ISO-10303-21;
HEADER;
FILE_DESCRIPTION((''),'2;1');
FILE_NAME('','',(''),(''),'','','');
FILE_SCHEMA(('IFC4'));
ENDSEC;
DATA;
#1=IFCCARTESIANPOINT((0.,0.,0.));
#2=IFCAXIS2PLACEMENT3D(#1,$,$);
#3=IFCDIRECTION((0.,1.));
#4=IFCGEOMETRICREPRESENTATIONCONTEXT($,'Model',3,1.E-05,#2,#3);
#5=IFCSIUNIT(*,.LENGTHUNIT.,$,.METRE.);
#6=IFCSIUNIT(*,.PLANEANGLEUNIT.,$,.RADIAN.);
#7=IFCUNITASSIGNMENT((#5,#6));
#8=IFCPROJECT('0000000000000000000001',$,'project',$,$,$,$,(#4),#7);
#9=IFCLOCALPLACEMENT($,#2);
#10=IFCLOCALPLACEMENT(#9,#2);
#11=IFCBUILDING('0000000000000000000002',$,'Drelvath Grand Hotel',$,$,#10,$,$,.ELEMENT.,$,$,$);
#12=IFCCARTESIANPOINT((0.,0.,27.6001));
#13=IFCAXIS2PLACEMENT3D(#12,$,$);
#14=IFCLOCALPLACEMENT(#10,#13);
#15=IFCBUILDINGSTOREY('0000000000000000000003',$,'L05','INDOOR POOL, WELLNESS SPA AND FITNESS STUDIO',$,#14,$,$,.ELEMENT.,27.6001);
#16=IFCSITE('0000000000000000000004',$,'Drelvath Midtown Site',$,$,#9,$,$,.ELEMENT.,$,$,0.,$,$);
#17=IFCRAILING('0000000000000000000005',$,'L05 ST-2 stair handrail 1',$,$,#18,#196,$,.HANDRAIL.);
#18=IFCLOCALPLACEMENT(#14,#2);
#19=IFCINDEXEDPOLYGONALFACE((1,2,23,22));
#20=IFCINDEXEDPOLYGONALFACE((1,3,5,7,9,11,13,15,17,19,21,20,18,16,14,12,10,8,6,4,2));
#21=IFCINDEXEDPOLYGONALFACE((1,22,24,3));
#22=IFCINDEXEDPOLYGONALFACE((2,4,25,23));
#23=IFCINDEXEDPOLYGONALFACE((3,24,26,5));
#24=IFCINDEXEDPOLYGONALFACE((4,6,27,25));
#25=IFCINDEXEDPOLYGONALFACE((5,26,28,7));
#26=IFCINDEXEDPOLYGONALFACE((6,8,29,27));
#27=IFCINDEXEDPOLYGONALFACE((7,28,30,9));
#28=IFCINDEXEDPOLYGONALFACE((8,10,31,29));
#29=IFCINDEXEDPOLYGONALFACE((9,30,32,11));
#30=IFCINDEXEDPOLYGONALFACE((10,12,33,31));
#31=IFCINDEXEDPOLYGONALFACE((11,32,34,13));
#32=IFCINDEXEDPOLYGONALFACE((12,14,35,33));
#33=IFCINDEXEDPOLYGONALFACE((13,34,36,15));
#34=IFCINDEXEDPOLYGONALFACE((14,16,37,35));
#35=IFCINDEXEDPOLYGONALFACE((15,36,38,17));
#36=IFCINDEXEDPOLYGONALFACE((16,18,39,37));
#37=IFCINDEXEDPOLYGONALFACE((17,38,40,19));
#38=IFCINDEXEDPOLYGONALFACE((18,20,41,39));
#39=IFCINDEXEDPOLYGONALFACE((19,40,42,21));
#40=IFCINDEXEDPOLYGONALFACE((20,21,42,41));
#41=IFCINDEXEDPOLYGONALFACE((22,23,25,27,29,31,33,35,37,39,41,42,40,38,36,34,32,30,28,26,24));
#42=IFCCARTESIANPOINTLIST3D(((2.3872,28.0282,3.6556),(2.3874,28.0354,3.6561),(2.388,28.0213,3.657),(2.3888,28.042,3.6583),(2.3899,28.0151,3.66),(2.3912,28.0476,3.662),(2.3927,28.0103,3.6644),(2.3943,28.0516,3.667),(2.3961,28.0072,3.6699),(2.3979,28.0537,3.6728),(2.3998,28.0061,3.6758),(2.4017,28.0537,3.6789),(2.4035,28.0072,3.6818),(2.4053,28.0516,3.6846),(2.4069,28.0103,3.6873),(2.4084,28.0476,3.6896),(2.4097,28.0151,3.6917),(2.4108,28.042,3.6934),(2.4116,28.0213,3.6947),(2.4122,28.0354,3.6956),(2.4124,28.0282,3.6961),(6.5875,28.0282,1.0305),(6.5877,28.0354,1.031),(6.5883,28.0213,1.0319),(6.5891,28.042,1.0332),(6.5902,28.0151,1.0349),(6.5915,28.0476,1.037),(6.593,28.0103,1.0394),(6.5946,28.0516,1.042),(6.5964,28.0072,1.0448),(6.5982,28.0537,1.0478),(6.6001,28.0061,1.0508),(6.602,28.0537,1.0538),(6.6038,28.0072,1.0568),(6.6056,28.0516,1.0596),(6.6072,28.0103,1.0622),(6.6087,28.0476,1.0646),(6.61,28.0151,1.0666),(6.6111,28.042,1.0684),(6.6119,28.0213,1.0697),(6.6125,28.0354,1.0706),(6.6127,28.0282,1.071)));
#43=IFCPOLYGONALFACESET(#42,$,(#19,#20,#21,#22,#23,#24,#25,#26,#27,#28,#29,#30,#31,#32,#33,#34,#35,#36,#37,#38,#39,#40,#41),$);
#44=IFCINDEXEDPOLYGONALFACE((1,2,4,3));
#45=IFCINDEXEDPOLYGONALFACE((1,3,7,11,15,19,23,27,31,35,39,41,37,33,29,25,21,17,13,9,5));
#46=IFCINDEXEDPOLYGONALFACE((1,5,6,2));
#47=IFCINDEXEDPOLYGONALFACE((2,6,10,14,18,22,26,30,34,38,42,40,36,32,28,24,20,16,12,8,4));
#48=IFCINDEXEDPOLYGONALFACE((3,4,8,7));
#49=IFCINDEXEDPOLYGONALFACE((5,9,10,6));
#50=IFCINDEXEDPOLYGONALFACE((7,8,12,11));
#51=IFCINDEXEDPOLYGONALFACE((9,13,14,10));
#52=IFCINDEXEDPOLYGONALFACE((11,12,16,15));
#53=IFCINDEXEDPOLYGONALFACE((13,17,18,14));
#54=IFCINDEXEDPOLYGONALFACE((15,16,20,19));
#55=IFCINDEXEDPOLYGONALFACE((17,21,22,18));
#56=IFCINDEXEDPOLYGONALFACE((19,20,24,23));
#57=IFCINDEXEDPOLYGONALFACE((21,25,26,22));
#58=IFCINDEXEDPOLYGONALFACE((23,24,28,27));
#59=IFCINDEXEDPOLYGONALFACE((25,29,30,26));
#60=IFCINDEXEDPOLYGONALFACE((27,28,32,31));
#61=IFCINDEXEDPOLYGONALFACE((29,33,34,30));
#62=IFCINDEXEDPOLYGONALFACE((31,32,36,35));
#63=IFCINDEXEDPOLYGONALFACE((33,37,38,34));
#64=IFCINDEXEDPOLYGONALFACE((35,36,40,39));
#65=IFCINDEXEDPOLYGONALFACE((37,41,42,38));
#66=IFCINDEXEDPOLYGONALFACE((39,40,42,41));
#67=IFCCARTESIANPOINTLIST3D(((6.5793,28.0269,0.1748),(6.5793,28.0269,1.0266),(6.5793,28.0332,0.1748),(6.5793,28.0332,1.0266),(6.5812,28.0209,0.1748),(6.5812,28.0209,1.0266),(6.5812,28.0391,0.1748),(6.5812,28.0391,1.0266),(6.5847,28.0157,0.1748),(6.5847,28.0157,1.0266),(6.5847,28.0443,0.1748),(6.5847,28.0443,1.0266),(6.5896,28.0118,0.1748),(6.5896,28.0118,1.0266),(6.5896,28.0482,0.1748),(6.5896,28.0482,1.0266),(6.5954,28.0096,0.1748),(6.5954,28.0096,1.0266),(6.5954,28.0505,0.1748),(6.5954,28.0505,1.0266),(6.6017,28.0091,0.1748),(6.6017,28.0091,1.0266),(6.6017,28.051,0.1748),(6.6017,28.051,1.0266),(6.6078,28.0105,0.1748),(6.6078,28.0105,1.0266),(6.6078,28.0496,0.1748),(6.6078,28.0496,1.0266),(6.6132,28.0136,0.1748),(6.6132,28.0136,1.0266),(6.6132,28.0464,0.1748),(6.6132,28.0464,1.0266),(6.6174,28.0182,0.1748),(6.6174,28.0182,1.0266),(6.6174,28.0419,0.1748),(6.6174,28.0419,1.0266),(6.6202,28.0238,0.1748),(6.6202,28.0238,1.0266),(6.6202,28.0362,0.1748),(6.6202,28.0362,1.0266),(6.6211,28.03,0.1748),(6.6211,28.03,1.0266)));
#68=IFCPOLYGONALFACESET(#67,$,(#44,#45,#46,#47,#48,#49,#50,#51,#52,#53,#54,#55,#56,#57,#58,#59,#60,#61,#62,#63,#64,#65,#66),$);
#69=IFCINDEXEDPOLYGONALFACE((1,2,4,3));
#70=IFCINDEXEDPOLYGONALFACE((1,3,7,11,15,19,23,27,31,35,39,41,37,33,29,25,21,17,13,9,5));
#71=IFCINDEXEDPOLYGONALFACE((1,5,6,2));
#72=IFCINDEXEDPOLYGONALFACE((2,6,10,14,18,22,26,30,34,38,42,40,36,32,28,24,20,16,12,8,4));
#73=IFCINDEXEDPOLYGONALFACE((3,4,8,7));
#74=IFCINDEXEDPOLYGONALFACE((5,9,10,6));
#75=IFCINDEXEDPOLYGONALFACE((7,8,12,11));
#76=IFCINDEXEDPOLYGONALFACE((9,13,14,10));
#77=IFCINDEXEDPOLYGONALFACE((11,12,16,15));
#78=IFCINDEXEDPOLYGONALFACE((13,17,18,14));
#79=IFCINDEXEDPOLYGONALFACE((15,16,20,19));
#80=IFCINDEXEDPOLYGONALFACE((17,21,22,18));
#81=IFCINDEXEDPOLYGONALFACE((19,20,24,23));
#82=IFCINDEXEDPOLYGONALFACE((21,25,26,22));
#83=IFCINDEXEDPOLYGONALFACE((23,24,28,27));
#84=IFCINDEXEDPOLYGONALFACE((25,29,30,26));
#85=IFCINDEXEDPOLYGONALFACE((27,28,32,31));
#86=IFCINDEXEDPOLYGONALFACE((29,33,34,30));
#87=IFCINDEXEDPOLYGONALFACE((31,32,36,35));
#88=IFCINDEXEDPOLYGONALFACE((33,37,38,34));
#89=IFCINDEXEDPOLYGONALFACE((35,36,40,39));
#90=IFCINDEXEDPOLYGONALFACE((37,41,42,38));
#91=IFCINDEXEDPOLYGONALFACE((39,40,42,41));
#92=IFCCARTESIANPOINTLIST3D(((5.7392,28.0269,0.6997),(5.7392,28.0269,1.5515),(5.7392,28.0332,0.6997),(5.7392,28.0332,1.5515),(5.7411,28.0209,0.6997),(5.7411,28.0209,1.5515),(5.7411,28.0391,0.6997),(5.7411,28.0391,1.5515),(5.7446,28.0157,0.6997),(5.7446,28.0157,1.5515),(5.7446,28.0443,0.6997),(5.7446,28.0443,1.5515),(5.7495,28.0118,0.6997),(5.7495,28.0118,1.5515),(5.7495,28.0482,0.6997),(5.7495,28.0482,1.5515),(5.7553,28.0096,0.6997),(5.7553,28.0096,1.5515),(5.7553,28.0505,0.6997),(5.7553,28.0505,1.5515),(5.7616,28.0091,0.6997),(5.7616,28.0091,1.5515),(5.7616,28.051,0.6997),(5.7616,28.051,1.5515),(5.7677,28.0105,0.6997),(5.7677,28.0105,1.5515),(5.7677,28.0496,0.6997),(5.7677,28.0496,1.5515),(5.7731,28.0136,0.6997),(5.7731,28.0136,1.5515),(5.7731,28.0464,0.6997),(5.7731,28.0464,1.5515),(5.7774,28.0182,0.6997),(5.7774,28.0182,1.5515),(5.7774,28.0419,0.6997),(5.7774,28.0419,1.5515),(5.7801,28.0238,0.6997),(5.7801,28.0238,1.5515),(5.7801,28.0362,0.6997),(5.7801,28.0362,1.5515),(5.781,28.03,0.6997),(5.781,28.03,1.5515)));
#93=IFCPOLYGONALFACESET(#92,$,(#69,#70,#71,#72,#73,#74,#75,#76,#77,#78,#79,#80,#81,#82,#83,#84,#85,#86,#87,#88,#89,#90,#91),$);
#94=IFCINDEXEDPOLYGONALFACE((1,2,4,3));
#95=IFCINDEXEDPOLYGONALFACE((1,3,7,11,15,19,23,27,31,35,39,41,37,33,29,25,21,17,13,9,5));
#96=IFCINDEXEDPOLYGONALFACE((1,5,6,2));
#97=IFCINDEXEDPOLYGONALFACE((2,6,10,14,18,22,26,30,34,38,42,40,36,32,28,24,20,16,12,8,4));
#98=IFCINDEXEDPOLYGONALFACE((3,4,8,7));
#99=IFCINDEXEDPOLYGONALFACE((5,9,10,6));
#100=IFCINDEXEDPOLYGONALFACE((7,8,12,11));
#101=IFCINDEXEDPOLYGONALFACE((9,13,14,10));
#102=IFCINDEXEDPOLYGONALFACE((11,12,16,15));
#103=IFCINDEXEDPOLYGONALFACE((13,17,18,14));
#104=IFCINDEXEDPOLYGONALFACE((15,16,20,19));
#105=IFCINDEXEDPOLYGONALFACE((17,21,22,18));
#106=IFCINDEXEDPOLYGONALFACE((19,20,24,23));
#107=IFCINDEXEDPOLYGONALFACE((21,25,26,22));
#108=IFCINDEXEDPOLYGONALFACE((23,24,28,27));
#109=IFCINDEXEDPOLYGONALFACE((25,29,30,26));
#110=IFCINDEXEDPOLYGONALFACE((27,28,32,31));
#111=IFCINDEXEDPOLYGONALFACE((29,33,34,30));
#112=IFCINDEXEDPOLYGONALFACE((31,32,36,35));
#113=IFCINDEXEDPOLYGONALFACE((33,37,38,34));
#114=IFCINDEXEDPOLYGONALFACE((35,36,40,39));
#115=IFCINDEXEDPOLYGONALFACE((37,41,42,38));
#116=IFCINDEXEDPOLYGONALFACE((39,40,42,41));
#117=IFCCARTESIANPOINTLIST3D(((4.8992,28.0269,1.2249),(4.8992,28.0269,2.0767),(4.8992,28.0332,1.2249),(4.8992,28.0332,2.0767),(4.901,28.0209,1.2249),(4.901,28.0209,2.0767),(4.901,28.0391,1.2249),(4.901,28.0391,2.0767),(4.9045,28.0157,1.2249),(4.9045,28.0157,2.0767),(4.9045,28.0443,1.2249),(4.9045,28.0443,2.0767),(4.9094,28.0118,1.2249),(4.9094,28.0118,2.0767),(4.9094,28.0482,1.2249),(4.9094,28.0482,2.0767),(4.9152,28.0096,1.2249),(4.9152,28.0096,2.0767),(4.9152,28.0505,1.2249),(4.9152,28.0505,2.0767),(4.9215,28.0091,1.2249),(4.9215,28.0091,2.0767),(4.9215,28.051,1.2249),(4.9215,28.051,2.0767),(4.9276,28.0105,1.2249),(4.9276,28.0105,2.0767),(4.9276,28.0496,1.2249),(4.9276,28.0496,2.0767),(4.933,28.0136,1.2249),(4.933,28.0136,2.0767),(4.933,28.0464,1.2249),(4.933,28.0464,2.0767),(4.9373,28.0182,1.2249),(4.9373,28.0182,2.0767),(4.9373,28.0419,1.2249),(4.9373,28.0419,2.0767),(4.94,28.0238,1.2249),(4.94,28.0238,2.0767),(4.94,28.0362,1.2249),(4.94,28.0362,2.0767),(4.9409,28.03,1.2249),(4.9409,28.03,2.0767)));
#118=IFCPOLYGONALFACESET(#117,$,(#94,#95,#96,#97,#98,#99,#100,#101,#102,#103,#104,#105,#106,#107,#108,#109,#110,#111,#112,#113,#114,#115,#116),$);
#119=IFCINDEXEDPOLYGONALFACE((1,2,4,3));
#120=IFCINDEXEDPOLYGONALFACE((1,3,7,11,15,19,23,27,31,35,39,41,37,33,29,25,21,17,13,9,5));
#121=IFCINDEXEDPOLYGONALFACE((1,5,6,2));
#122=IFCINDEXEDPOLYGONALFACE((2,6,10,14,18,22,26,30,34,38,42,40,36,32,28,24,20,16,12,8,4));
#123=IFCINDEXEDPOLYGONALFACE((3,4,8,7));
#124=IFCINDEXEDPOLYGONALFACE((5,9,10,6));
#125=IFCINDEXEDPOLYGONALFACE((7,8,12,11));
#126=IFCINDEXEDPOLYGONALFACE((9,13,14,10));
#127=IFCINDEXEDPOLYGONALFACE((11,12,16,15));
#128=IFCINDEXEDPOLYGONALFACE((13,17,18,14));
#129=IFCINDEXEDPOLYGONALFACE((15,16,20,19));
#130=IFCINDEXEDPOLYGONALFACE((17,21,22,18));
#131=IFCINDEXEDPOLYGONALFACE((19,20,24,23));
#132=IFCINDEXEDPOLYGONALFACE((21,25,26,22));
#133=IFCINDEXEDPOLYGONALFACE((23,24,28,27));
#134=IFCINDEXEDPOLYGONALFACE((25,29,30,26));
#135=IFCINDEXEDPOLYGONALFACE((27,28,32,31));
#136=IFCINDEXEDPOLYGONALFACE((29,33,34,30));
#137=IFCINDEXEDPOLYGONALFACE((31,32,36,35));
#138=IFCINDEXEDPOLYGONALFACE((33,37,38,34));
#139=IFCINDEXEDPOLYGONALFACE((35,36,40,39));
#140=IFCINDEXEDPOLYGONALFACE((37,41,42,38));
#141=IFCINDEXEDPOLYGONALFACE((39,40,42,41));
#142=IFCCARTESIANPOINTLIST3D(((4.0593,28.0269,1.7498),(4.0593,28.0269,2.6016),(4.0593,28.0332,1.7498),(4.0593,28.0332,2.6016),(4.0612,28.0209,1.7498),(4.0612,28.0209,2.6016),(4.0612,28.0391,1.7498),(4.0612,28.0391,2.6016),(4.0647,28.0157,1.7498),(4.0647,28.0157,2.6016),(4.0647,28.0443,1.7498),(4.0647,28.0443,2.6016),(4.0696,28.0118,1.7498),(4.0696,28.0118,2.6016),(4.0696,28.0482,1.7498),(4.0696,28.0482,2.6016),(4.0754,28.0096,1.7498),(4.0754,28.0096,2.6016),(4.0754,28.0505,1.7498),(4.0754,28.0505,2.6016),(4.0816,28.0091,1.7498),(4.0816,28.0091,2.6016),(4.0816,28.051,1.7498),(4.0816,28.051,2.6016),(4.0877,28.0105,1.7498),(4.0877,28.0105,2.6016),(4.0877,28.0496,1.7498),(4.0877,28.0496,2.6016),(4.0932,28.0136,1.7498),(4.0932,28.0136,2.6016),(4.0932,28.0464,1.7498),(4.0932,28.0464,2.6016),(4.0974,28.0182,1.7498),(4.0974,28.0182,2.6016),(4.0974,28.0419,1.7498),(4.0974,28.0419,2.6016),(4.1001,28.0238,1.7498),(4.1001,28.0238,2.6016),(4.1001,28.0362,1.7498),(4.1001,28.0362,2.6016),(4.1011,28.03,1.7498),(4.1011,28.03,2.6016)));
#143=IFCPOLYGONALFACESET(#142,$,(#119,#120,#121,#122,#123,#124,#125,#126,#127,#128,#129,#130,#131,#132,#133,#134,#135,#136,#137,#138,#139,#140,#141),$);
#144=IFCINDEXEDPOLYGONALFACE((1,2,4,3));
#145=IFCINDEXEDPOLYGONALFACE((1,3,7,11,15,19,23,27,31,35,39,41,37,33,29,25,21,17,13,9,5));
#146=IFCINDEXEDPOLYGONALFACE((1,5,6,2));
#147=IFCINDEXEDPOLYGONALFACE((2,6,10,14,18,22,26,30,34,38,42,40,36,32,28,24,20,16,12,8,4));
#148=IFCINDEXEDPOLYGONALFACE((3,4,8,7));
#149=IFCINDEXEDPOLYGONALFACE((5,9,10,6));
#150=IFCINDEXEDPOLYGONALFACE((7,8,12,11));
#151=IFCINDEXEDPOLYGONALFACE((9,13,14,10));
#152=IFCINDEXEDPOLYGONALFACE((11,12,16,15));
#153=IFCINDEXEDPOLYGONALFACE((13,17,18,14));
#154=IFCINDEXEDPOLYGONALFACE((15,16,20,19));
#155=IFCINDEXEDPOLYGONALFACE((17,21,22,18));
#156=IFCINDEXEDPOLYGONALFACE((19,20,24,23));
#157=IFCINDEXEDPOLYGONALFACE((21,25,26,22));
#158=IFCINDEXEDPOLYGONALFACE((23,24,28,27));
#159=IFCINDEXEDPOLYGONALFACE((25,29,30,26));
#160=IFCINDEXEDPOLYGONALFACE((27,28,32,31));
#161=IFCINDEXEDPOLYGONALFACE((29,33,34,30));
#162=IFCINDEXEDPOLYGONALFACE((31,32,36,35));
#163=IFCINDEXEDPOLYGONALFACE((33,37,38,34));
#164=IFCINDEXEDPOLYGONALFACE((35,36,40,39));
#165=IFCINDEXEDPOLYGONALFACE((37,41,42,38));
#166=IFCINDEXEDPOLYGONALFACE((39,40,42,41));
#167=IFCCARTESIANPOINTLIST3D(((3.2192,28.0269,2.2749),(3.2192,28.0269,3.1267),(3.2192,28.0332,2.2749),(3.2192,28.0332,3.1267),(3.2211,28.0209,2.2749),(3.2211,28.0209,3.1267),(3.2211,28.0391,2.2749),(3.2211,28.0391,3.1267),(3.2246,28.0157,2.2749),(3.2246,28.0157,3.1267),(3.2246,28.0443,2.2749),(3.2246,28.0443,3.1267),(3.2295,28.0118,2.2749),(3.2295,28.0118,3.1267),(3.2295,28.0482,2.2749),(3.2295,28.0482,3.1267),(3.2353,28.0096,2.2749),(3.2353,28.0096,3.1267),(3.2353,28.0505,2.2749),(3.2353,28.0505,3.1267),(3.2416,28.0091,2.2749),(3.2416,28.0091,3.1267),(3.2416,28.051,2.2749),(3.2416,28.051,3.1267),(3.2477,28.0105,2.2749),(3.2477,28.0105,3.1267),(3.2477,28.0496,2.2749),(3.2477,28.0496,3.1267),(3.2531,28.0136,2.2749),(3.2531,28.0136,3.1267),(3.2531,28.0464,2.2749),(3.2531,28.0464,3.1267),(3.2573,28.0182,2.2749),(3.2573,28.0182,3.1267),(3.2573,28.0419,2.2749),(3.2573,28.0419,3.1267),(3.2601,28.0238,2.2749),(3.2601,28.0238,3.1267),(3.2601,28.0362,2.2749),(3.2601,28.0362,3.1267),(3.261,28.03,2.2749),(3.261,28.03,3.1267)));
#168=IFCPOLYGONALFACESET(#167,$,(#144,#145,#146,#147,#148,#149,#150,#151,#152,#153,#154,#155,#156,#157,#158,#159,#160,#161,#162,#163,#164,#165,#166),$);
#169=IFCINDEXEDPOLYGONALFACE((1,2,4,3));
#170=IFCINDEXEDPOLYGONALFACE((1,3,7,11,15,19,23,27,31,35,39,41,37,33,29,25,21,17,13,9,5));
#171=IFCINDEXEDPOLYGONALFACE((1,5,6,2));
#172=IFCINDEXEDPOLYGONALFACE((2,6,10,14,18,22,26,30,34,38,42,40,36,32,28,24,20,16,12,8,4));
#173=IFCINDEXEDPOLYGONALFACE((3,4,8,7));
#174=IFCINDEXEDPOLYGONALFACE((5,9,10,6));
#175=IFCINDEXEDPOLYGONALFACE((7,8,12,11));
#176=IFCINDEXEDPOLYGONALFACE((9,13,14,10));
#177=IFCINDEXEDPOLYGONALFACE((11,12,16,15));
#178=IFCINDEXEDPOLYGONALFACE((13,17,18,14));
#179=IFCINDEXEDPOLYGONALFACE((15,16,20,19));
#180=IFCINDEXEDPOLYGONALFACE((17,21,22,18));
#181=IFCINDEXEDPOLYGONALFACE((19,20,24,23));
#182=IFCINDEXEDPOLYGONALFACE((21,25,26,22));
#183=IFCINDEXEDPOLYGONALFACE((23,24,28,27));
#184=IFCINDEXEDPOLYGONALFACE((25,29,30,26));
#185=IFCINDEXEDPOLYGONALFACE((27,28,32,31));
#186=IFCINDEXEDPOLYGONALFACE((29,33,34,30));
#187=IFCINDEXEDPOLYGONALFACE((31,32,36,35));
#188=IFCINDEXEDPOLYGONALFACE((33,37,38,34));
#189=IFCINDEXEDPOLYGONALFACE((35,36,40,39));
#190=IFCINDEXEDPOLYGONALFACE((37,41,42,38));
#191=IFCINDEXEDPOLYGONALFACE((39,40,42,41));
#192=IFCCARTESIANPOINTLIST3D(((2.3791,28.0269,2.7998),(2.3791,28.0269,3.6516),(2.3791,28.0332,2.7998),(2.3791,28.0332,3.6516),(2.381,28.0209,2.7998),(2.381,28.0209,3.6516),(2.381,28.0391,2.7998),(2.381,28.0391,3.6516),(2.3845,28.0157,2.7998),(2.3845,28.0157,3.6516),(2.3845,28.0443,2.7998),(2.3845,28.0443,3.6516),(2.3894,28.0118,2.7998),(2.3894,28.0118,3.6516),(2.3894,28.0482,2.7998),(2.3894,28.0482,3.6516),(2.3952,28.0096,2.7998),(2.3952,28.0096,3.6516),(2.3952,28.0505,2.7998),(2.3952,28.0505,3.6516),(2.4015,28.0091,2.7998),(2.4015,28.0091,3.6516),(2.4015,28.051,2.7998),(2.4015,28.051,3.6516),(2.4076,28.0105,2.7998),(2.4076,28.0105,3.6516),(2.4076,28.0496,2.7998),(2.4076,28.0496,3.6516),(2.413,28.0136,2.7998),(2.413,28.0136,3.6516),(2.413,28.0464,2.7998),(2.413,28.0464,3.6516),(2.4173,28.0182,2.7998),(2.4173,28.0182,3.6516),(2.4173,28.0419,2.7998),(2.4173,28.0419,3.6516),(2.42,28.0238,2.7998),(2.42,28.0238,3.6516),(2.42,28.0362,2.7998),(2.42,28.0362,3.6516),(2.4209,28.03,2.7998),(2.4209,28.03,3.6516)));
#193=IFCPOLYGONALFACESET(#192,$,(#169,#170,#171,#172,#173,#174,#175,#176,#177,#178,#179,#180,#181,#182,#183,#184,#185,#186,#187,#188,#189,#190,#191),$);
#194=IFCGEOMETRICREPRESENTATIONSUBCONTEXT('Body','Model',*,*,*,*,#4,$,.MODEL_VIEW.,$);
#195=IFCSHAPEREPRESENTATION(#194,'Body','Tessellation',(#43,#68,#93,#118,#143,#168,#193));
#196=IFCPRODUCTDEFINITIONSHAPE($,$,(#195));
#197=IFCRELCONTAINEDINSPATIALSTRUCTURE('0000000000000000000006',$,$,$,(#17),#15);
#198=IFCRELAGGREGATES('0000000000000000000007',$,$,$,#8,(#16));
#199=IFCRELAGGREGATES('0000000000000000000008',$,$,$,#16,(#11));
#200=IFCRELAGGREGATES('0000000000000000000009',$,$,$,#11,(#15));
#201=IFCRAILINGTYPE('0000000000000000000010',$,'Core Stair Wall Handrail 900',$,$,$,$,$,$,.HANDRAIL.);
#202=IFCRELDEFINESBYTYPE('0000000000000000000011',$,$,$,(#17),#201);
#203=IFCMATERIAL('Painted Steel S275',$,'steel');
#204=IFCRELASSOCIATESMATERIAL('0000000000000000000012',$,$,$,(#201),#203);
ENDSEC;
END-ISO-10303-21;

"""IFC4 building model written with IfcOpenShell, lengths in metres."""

from ifc_helpers import new_model, si_unit, direction, frame, origin, origin_2d, place, context, subcontext, project, spatial, circle, extrude, material, type_object, element, save


model = new_model("IFC4")

# Units and contexts
model_context = context("Model", 3, precision=1e-05, world=origin(), true_north=direction((0.0, 1.0)))
body_context = subcontext(model_context, "Body", "Model", "MODEL_VIEW")
ifc_project = project(units=[si_unit("LENGTHUNIT", "METRE"), si_unit("PLANEANGLEUNIT", "RADIAN")], contexts=[model_context])

# Site, building, storey
site_placement = place(None, origin())
site = spatial("IfcSite", under=ifc_project, at=site_placement, Name="Drelvath Midtown Site", CompositionType="ELEMENT", RefElevation=0.0)
building_placement = place(site_placement, origin())
building = spatial("IfcBuilding", under=site, at=building_placement, Name="Drelvath Grand Hotel", CompositionType="ELEMENT")
storey_placement = place(building_placement, frame((0.0, 0.0, 27.6001)))
storey = spatial("IfcBuildingStorey", under=building, at=storey_placement, Name="L05", Description="INDOOR POOL, WELLNESS SPA AND FITNESS STUDIO", CompositionType="ELEMENT", Elevation=27.6001)

# Shared definitions
ifc_material_1 = material(Name="Painted Steel S275", Category="steel")

# Railing
railing_type_1 = type_object("IfcRailingType", Name="Core Stair Wall Handrail 900", PredefinedType="HANDRAIL", material=ifc_material_1)
railing_1_placement = place(storey_placement, frame((6.6001, 28.03, 0.1748)))
element("IfcRailing", 1, at=railing_1_placement, inside=storey, type_object=railing_type_1, Name="L05 ST-2 stair handrail 1", PredefinedType="HANDRAIL", context=body_context, shape_type="SweptSolid", body=[
    extrude(circle(Radius=0.0239, at=origin_2d()), frame((0.0, 0.0, 0.876), z_axis=(-0.848009, 0.0, 0.529981), x_axis=(0.0, -1.0, 0.0)), (0.0, 0.0, 1.0), 4.9531),
    extrude(circle(Radius=0.021, at=origin_2d()), origin(), (0.0, 0.0, 1.0), 0.8518),
    extrude(circle(Radius=0.021, at=origin_2d()), frame((-0.8401, 0.0, 0.5249)), (0.0, 0.0, 1.0), 0.8518),
    extrude(circle(Radius=0.021, at=origin_2d()), frame((-1.6802, 0.0, 1.05)), (0.0, 0.0, 1.0), 0.8518),
    extrude(circle(Radius=0.021, at=origin_2d()), frame((-2.52, 0.0, 1.575)), (0.0, 0.0, 1.0), 0.8518),
    extrude(circle(Radius=0.021, at=origin_2d()), frame((-3.3601, 0.0, 2.1001)), (0.0, 0.0, 1.0), 0.8518),
    extrude(circle(Radius=0.021, at=origin_2d()), frame((-4.2002, 0.0, 2.625)), (0.0, 0.0, 1.0), 0.8518),
])

save(model, "model.ifc")
